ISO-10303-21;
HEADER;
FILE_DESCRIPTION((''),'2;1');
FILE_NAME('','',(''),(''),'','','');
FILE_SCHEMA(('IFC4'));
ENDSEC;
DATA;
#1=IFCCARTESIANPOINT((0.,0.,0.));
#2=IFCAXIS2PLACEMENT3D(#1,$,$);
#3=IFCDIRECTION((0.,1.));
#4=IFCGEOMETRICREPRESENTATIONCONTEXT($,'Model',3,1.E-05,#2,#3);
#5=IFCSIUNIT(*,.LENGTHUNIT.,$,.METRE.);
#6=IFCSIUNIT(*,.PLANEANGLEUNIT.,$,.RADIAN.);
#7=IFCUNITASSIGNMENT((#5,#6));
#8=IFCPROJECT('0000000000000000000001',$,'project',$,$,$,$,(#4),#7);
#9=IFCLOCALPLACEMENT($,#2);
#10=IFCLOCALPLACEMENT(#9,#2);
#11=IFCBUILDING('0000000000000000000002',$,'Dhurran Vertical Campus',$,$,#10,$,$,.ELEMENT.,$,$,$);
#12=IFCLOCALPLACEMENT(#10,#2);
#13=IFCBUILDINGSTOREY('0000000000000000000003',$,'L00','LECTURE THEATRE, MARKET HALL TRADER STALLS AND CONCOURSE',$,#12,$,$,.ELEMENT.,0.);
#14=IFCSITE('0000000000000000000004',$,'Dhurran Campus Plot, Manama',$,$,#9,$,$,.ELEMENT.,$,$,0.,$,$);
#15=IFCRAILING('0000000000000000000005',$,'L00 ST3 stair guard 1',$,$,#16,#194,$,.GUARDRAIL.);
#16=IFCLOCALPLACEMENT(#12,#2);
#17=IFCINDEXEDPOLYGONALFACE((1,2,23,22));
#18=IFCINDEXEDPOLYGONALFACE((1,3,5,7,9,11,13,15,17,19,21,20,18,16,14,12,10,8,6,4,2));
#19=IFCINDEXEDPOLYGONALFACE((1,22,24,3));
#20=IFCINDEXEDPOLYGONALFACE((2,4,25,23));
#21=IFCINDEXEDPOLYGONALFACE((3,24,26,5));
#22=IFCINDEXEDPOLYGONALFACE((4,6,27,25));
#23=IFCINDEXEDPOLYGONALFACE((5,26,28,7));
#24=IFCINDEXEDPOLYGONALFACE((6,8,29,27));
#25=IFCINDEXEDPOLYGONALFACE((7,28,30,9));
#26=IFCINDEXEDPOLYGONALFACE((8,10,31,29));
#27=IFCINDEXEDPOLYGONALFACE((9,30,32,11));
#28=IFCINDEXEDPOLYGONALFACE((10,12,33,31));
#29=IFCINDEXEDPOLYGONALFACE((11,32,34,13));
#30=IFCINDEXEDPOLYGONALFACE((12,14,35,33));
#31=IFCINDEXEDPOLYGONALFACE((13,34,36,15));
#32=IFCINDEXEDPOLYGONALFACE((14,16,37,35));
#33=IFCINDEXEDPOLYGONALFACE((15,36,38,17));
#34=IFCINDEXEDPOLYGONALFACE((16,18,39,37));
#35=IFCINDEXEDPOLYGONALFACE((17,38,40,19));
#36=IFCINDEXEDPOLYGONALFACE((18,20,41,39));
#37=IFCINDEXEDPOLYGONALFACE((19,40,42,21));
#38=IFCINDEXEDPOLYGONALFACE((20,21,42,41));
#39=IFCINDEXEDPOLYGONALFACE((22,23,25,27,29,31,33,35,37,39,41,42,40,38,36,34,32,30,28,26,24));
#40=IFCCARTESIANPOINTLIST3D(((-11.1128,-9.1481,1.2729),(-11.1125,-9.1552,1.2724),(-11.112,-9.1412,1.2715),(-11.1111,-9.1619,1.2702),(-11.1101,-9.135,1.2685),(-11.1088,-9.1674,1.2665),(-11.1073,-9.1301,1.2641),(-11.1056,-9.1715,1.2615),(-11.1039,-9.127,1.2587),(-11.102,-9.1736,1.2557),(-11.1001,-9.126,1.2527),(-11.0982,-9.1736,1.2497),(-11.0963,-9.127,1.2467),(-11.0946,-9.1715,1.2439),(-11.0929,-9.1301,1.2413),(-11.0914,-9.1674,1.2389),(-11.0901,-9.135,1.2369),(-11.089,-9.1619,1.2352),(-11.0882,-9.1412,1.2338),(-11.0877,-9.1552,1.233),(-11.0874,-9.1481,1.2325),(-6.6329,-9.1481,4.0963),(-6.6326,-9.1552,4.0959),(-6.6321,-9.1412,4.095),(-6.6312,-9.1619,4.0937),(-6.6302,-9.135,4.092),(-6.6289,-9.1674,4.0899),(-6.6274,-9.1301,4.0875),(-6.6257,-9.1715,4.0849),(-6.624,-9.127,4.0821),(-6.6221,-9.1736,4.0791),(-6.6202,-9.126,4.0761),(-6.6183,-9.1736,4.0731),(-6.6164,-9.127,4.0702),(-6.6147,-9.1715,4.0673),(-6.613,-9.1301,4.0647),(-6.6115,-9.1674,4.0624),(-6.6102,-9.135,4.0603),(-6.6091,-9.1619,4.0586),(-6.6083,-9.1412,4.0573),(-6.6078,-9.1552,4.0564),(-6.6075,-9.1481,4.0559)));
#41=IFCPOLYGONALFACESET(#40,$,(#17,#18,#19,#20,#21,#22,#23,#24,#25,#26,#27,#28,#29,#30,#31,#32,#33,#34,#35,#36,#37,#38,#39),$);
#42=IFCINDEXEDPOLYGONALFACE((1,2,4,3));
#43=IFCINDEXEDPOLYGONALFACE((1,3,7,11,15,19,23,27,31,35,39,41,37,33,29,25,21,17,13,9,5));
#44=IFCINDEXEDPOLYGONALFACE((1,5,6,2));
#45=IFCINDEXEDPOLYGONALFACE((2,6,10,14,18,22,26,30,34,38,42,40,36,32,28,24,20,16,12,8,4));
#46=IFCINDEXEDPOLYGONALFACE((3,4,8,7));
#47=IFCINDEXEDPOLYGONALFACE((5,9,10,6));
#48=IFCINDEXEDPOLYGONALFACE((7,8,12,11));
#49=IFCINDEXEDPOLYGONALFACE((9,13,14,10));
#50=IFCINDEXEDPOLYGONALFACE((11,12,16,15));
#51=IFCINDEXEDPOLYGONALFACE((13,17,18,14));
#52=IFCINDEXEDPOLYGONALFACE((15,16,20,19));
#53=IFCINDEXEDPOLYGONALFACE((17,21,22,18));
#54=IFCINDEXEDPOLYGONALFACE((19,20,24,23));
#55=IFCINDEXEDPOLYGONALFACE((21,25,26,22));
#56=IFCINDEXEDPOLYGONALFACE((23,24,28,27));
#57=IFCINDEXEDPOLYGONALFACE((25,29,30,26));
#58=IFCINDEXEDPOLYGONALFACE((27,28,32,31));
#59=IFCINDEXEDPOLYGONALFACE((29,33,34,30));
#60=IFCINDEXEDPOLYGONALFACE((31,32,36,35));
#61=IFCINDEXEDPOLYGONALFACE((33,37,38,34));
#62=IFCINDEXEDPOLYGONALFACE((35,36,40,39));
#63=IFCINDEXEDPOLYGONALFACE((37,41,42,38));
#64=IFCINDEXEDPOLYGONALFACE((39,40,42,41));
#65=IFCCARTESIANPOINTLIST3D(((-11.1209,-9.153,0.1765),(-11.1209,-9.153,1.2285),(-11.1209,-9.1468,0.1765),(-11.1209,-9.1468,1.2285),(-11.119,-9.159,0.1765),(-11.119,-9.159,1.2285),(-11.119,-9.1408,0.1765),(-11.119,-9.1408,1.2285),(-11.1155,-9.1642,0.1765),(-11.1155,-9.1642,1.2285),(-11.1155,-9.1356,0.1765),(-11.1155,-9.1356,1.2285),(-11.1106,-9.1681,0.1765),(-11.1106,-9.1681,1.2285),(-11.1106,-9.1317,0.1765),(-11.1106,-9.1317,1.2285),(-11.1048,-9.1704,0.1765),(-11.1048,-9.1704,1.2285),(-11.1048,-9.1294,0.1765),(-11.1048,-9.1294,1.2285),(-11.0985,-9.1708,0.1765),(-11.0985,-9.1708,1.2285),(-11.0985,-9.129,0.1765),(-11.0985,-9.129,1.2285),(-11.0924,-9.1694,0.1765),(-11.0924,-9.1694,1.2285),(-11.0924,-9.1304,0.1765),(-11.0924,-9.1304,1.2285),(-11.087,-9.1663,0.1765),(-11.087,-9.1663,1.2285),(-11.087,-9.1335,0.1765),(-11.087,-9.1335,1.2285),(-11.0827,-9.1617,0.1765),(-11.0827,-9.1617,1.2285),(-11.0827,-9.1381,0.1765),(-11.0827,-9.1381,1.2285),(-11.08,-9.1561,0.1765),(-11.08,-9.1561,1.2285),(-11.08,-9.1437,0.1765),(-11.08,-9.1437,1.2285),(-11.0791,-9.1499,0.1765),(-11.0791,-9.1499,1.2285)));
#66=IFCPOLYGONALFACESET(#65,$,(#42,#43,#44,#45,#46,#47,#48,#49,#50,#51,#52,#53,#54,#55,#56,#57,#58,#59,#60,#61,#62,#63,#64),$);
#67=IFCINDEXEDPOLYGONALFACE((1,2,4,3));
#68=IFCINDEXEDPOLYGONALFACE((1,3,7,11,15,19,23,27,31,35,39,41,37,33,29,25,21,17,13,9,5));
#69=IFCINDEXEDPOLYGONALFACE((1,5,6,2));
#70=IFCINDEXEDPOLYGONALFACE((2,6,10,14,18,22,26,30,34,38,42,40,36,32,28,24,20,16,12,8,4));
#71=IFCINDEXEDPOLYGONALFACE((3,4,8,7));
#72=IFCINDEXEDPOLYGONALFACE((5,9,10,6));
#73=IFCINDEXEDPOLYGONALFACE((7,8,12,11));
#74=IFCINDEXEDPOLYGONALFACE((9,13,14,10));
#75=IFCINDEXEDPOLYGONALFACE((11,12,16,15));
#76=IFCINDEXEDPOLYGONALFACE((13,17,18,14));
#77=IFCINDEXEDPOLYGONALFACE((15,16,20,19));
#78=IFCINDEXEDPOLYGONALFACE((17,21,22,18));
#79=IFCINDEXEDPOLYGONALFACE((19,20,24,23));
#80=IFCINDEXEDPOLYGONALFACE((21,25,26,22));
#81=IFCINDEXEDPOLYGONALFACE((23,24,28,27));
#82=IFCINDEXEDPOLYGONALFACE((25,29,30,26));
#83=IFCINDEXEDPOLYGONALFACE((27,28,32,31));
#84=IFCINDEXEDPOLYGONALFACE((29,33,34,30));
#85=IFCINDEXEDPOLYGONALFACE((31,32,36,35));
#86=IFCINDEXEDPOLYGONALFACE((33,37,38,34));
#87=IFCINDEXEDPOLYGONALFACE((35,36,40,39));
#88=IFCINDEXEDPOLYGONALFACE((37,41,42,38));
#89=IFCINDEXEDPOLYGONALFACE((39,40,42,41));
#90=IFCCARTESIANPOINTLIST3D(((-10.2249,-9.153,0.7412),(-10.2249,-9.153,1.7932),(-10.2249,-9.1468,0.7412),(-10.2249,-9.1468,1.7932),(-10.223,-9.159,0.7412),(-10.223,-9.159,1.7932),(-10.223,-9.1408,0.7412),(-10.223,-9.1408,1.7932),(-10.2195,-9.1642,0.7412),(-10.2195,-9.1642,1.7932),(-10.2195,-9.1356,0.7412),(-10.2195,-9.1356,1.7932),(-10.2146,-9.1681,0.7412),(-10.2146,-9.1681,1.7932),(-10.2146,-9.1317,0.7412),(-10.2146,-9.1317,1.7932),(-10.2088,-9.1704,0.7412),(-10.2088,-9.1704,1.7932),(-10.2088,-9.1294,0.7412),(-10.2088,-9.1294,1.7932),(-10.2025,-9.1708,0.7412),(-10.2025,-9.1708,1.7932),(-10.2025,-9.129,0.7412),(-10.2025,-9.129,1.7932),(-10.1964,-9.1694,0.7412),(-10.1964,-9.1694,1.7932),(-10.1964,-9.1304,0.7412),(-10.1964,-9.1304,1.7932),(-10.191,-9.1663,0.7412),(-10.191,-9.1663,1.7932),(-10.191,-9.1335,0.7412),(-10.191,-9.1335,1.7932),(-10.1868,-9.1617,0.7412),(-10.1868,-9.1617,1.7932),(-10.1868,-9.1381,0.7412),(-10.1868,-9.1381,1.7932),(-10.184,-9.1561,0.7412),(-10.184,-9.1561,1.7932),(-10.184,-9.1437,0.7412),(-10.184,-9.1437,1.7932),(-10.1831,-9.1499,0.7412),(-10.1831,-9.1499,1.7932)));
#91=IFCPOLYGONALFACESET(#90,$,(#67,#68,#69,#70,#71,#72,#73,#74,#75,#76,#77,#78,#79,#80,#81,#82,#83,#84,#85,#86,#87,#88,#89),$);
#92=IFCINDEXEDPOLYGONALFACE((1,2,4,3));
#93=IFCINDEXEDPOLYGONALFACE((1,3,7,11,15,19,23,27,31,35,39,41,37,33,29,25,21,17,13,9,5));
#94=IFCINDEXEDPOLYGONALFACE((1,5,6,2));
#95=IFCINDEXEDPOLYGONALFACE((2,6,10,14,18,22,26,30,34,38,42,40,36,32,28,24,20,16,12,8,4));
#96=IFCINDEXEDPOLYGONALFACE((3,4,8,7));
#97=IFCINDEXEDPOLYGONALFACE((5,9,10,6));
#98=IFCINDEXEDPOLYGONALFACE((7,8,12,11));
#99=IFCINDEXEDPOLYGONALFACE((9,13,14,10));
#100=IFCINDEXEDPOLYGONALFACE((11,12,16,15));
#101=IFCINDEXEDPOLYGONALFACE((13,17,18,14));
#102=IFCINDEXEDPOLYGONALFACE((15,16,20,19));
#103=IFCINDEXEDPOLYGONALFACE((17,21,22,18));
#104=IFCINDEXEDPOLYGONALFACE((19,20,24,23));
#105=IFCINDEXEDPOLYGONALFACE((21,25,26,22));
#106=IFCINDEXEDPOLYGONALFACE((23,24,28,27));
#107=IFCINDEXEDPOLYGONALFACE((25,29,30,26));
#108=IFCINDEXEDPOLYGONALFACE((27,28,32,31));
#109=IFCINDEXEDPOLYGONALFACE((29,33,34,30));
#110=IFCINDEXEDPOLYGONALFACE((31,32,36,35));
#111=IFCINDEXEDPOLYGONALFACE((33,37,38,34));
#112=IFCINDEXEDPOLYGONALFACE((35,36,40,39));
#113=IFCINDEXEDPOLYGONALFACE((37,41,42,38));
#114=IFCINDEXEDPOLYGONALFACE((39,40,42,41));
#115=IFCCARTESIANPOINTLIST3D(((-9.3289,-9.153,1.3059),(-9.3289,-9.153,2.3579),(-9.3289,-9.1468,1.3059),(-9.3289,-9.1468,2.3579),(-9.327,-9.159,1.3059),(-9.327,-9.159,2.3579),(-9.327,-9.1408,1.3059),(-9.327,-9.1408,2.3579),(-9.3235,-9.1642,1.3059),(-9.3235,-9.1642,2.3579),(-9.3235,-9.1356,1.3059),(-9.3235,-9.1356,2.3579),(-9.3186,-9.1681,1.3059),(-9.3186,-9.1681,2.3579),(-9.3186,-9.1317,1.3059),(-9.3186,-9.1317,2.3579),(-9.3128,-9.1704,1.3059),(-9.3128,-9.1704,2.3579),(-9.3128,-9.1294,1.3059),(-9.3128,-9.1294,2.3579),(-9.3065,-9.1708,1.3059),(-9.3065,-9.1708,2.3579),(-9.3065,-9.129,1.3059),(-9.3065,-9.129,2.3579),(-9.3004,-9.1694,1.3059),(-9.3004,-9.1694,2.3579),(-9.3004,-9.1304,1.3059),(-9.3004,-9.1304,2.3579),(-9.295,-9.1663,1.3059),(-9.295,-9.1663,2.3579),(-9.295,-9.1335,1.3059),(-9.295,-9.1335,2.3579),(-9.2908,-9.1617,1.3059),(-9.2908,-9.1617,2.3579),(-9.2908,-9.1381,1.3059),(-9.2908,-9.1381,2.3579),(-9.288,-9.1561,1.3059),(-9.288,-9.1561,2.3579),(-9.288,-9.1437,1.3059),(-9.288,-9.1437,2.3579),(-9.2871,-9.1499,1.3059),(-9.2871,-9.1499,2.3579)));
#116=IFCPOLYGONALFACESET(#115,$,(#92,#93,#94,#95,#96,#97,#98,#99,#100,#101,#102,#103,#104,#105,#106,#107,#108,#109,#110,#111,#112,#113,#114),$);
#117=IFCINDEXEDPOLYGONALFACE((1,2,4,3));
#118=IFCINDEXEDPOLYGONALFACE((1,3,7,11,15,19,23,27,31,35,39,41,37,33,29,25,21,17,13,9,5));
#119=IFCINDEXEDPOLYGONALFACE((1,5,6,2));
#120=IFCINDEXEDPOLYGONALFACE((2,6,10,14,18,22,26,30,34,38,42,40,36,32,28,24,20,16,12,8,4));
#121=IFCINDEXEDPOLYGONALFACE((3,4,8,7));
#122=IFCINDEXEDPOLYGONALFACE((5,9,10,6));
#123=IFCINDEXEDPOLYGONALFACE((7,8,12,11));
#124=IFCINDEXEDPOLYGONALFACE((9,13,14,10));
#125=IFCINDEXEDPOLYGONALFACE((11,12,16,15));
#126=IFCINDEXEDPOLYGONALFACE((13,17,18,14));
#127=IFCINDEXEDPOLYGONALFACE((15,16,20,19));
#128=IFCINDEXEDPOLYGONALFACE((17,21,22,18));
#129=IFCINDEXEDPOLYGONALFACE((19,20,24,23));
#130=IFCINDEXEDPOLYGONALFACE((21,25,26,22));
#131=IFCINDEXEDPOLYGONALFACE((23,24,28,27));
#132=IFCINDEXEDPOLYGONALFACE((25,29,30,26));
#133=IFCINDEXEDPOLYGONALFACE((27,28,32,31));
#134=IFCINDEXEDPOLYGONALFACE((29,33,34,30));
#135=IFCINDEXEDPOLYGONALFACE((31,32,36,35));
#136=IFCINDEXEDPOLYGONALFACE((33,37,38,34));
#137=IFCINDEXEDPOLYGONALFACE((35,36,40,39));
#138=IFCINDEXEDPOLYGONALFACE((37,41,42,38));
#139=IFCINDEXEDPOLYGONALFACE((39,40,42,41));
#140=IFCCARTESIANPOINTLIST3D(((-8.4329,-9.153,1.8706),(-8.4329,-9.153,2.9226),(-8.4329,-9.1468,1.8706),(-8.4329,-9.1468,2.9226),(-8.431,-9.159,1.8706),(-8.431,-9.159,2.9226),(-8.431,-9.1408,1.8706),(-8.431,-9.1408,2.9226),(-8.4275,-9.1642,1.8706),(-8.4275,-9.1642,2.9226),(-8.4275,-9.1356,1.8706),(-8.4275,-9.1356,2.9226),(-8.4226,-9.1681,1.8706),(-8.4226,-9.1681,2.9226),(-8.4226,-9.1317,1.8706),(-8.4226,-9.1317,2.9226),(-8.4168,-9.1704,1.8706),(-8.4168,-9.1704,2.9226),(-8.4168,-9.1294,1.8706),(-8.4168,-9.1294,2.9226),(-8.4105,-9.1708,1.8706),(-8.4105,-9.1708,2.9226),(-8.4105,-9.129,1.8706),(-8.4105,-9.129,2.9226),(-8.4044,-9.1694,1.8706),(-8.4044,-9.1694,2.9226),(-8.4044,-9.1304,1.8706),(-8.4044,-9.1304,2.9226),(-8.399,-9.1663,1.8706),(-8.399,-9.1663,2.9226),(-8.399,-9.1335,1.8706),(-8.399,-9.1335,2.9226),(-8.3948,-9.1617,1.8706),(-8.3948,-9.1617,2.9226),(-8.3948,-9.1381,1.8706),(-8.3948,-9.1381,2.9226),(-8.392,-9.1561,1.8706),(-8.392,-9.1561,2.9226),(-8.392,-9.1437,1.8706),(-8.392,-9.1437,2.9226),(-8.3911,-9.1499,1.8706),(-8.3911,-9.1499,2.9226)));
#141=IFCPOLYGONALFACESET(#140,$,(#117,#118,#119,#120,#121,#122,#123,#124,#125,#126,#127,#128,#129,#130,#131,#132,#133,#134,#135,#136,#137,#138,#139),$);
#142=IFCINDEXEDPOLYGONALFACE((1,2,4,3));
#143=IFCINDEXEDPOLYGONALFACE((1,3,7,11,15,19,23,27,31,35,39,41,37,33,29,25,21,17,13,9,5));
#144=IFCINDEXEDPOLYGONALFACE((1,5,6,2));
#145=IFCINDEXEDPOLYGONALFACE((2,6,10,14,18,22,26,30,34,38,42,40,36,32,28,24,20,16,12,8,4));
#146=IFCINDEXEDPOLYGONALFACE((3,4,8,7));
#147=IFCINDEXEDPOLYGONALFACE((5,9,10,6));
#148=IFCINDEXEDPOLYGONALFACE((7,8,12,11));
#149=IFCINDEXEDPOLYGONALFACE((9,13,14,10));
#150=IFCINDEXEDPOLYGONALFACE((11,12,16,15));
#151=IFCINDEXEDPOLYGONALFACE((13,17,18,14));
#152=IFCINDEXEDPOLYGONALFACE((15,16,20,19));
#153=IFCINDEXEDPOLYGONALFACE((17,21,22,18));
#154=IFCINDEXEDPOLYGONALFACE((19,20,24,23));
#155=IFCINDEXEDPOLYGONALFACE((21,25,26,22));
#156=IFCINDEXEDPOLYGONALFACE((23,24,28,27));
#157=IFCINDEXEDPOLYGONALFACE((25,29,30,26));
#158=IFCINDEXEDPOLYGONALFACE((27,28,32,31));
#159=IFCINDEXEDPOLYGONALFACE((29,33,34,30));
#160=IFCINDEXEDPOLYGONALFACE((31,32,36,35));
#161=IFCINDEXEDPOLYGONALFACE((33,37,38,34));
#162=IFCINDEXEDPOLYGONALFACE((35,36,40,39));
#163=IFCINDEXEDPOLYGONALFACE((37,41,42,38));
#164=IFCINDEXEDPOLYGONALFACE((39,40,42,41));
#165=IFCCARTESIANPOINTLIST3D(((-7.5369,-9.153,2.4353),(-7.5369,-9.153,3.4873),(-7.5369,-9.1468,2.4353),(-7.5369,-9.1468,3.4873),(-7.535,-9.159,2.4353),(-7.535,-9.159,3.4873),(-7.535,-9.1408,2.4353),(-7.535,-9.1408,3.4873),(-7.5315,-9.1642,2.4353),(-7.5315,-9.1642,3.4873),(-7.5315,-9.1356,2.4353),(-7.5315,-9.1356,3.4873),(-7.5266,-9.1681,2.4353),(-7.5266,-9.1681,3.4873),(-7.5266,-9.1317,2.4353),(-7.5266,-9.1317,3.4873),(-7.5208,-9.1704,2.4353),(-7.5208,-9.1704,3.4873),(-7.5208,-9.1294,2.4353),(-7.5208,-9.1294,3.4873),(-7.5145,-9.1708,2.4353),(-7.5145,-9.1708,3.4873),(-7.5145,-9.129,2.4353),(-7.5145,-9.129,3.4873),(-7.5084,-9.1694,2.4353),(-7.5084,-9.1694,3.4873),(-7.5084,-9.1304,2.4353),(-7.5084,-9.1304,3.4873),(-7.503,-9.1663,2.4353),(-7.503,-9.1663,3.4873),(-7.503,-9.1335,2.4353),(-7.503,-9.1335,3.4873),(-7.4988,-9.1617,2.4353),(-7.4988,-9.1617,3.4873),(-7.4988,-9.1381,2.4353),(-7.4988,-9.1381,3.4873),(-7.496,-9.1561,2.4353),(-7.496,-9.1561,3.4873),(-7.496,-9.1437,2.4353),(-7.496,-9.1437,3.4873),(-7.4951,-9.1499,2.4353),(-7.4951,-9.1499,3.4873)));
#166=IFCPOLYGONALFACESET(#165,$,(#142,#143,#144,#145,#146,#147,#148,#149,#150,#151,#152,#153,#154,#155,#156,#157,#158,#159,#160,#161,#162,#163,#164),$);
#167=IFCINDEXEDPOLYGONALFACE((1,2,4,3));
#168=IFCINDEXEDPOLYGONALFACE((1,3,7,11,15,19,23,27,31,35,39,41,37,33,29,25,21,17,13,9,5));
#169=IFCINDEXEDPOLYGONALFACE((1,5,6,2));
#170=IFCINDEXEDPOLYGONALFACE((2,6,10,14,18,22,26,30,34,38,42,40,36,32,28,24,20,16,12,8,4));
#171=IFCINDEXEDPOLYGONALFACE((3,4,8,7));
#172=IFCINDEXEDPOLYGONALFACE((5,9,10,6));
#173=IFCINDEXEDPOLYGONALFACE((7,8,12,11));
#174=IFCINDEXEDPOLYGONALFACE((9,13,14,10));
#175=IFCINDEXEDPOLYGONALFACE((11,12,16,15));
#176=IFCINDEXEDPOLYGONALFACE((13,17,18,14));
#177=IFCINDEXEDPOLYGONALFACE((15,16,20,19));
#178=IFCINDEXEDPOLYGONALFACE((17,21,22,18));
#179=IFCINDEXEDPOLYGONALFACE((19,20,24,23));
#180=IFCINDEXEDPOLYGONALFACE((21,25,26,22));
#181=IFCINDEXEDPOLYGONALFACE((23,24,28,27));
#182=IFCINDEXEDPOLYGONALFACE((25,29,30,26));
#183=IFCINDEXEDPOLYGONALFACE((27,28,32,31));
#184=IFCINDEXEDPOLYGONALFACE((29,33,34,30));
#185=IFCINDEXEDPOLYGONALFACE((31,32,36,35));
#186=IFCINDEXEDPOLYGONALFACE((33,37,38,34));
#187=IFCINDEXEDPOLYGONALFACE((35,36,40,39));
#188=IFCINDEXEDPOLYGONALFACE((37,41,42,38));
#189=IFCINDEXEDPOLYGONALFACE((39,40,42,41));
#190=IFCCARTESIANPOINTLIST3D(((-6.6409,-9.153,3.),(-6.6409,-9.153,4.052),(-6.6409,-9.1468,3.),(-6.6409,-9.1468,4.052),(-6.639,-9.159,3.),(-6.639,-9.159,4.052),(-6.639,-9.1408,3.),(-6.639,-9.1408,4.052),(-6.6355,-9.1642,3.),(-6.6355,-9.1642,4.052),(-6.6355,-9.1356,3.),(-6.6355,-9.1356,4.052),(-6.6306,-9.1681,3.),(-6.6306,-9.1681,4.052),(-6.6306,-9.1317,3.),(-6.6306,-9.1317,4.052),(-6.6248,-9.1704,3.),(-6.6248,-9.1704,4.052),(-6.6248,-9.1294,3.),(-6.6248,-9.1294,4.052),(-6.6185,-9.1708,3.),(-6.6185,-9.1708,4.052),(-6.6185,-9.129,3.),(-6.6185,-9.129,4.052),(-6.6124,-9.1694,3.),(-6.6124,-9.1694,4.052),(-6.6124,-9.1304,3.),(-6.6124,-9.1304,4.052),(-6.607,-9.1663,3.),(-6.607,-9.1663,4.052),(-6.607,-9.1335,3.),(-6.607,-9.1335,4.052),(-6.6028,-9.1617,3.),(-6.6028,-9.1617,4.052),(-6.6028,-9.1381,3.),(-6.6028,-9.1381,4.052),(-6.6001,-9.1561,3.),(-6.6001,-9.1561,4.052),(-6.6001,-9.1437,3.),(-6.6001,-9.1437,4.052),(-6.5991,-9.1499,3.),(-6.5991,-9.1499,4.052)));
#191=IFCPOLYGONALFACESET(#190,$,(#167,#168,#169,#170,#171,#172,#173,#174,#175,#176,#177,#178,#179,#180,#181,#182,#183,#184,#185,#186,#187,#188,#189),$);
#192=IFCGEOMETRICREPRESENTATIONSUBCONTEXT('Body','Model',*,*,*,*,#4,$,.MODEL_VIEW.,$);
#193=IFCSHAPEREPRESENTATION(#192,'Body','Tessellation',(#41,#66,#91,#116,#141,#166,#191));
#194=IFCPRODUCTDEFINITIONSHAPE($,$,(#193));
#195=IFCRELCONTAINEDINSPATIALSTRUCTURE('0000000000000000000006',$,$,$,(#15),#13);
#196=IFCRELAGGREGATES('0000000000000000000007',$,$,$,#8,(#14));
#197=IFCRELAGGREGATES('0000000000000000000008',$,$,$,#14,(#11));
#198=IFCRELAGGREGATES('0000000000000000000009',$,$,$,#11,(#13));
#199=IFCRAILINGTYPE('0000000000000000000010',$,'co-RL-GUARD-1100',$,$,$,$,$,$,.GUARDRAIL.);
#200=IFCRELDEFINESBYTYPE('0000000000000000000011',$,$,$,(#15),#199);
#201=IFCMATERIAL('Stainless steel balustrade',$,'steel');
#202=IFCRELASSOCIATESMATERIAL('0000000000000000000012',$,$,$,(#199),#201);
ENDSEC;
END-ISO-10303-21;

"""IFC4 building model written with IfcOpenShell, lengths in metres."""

from ifc_helpers import new_model, si_unit, direction, frame, origin, origin_2d, place, context, subcontext, project, spatial, circle, extrude, material, type_object, element, save


model = new_model("IFC4")

# Units and contexts
model_context = context("Model", 3, precision=1e-05, world=origin(), true_north=direction((0.0, 1.0)))
body_context = subcontext(model_context, "Body", "Model", "MODEL_VIEW")
ifc_project = project(units=[si_unit("LENGTHUNIT", "METRE"), si_unit("PLANEANGLEUNIT", "RADIAN")], contexts=[model_context])

# Site, building, storey
site_placement = place(None, origin())
site = spatial("IfcSite", under=ifc_project, at=site_placement, Name="Dhurran Campus Plot, Manama", CompositionType="ELEMENT", RefElevation=0.0)
building_placement = place(site_placement, origin())
building = spatial("IfcBuilding", under=site, at=building_placement, Name="Dhurran Vertical Campus", CompositionType="ELEMENT")
storey_placement = place(building_placement, origin())
storey = spatial("IfcBuildingStorey", under=building, at=storey_placement, Name="L00", Description="LECTURE THEATRE, MARKET HALL TRADER STALLS AND CONCOURSE", CompositionType="ELEMENT", Elevation=0.0)

# Railing
ifc_material_1 = material(Name="Stainless steel balustrade", Category="steel")
railing_type_1 = type_object("IfcRailingType", Name="co-RL-GUARD-1100", PredefinedType="GUARDRAIL", material=ifc_material_1)
railing_1_placement = place(storey_placement, frame((-11.1001, -9.1499, 0.1765)))
element("IfcRailing", 1, at=railing_1_placement, inside=storey, type_object=railing_type_1, Name="L00 ST3 stair guard 1", PredefinedType="GUARDRAIL", context=body_context, shape_type="SweptSolid", body=[
    extrude(circle(Radius=0.0239, at=origin_2d()), frame((0.0, 0.0, 1.0762), z_axis=(0.845998, 0.0, 0.533186), x_axis=(0.0, 1.0, 0.0)), (0.0, 0.0, 1.0), 5.2954),
    extrude(circle(Radius=0.021, at=origin_2d()), origin(), (0.0, 0.0, 1.0), 1.052),
    extrude(circle(Radius=0.021, at=origin_2d()), frame((0.896, 0.0, 0.5647)), (0.0, 0.0, 1.0), 1.052),
    extrude(circle(Radius=0.021, at=origin_2d()), frame((1.792, 0.0, 1.1294)), (0.0, 0.0, 1.0), 1.052),
    extrude(circle(Radius=0.021, at=origin_2d()), frame((2.688, 0.0, 1.6941)), (0.0, 0.0, 1.0), 1.052),
    extrude(circle(Radius=0.021, at=origin_2d()), frame((3.584, 0.0, 2.2588)), (0.0, 0.0, 1.0), 1.052),
    extrude(circle(Radius=0.021, at=origin_2d()), frame((4.48, 0.0, 2.8235)), (0.0, 0.0, 1.0), 1.052),
])

save(model, "model.ifc")
